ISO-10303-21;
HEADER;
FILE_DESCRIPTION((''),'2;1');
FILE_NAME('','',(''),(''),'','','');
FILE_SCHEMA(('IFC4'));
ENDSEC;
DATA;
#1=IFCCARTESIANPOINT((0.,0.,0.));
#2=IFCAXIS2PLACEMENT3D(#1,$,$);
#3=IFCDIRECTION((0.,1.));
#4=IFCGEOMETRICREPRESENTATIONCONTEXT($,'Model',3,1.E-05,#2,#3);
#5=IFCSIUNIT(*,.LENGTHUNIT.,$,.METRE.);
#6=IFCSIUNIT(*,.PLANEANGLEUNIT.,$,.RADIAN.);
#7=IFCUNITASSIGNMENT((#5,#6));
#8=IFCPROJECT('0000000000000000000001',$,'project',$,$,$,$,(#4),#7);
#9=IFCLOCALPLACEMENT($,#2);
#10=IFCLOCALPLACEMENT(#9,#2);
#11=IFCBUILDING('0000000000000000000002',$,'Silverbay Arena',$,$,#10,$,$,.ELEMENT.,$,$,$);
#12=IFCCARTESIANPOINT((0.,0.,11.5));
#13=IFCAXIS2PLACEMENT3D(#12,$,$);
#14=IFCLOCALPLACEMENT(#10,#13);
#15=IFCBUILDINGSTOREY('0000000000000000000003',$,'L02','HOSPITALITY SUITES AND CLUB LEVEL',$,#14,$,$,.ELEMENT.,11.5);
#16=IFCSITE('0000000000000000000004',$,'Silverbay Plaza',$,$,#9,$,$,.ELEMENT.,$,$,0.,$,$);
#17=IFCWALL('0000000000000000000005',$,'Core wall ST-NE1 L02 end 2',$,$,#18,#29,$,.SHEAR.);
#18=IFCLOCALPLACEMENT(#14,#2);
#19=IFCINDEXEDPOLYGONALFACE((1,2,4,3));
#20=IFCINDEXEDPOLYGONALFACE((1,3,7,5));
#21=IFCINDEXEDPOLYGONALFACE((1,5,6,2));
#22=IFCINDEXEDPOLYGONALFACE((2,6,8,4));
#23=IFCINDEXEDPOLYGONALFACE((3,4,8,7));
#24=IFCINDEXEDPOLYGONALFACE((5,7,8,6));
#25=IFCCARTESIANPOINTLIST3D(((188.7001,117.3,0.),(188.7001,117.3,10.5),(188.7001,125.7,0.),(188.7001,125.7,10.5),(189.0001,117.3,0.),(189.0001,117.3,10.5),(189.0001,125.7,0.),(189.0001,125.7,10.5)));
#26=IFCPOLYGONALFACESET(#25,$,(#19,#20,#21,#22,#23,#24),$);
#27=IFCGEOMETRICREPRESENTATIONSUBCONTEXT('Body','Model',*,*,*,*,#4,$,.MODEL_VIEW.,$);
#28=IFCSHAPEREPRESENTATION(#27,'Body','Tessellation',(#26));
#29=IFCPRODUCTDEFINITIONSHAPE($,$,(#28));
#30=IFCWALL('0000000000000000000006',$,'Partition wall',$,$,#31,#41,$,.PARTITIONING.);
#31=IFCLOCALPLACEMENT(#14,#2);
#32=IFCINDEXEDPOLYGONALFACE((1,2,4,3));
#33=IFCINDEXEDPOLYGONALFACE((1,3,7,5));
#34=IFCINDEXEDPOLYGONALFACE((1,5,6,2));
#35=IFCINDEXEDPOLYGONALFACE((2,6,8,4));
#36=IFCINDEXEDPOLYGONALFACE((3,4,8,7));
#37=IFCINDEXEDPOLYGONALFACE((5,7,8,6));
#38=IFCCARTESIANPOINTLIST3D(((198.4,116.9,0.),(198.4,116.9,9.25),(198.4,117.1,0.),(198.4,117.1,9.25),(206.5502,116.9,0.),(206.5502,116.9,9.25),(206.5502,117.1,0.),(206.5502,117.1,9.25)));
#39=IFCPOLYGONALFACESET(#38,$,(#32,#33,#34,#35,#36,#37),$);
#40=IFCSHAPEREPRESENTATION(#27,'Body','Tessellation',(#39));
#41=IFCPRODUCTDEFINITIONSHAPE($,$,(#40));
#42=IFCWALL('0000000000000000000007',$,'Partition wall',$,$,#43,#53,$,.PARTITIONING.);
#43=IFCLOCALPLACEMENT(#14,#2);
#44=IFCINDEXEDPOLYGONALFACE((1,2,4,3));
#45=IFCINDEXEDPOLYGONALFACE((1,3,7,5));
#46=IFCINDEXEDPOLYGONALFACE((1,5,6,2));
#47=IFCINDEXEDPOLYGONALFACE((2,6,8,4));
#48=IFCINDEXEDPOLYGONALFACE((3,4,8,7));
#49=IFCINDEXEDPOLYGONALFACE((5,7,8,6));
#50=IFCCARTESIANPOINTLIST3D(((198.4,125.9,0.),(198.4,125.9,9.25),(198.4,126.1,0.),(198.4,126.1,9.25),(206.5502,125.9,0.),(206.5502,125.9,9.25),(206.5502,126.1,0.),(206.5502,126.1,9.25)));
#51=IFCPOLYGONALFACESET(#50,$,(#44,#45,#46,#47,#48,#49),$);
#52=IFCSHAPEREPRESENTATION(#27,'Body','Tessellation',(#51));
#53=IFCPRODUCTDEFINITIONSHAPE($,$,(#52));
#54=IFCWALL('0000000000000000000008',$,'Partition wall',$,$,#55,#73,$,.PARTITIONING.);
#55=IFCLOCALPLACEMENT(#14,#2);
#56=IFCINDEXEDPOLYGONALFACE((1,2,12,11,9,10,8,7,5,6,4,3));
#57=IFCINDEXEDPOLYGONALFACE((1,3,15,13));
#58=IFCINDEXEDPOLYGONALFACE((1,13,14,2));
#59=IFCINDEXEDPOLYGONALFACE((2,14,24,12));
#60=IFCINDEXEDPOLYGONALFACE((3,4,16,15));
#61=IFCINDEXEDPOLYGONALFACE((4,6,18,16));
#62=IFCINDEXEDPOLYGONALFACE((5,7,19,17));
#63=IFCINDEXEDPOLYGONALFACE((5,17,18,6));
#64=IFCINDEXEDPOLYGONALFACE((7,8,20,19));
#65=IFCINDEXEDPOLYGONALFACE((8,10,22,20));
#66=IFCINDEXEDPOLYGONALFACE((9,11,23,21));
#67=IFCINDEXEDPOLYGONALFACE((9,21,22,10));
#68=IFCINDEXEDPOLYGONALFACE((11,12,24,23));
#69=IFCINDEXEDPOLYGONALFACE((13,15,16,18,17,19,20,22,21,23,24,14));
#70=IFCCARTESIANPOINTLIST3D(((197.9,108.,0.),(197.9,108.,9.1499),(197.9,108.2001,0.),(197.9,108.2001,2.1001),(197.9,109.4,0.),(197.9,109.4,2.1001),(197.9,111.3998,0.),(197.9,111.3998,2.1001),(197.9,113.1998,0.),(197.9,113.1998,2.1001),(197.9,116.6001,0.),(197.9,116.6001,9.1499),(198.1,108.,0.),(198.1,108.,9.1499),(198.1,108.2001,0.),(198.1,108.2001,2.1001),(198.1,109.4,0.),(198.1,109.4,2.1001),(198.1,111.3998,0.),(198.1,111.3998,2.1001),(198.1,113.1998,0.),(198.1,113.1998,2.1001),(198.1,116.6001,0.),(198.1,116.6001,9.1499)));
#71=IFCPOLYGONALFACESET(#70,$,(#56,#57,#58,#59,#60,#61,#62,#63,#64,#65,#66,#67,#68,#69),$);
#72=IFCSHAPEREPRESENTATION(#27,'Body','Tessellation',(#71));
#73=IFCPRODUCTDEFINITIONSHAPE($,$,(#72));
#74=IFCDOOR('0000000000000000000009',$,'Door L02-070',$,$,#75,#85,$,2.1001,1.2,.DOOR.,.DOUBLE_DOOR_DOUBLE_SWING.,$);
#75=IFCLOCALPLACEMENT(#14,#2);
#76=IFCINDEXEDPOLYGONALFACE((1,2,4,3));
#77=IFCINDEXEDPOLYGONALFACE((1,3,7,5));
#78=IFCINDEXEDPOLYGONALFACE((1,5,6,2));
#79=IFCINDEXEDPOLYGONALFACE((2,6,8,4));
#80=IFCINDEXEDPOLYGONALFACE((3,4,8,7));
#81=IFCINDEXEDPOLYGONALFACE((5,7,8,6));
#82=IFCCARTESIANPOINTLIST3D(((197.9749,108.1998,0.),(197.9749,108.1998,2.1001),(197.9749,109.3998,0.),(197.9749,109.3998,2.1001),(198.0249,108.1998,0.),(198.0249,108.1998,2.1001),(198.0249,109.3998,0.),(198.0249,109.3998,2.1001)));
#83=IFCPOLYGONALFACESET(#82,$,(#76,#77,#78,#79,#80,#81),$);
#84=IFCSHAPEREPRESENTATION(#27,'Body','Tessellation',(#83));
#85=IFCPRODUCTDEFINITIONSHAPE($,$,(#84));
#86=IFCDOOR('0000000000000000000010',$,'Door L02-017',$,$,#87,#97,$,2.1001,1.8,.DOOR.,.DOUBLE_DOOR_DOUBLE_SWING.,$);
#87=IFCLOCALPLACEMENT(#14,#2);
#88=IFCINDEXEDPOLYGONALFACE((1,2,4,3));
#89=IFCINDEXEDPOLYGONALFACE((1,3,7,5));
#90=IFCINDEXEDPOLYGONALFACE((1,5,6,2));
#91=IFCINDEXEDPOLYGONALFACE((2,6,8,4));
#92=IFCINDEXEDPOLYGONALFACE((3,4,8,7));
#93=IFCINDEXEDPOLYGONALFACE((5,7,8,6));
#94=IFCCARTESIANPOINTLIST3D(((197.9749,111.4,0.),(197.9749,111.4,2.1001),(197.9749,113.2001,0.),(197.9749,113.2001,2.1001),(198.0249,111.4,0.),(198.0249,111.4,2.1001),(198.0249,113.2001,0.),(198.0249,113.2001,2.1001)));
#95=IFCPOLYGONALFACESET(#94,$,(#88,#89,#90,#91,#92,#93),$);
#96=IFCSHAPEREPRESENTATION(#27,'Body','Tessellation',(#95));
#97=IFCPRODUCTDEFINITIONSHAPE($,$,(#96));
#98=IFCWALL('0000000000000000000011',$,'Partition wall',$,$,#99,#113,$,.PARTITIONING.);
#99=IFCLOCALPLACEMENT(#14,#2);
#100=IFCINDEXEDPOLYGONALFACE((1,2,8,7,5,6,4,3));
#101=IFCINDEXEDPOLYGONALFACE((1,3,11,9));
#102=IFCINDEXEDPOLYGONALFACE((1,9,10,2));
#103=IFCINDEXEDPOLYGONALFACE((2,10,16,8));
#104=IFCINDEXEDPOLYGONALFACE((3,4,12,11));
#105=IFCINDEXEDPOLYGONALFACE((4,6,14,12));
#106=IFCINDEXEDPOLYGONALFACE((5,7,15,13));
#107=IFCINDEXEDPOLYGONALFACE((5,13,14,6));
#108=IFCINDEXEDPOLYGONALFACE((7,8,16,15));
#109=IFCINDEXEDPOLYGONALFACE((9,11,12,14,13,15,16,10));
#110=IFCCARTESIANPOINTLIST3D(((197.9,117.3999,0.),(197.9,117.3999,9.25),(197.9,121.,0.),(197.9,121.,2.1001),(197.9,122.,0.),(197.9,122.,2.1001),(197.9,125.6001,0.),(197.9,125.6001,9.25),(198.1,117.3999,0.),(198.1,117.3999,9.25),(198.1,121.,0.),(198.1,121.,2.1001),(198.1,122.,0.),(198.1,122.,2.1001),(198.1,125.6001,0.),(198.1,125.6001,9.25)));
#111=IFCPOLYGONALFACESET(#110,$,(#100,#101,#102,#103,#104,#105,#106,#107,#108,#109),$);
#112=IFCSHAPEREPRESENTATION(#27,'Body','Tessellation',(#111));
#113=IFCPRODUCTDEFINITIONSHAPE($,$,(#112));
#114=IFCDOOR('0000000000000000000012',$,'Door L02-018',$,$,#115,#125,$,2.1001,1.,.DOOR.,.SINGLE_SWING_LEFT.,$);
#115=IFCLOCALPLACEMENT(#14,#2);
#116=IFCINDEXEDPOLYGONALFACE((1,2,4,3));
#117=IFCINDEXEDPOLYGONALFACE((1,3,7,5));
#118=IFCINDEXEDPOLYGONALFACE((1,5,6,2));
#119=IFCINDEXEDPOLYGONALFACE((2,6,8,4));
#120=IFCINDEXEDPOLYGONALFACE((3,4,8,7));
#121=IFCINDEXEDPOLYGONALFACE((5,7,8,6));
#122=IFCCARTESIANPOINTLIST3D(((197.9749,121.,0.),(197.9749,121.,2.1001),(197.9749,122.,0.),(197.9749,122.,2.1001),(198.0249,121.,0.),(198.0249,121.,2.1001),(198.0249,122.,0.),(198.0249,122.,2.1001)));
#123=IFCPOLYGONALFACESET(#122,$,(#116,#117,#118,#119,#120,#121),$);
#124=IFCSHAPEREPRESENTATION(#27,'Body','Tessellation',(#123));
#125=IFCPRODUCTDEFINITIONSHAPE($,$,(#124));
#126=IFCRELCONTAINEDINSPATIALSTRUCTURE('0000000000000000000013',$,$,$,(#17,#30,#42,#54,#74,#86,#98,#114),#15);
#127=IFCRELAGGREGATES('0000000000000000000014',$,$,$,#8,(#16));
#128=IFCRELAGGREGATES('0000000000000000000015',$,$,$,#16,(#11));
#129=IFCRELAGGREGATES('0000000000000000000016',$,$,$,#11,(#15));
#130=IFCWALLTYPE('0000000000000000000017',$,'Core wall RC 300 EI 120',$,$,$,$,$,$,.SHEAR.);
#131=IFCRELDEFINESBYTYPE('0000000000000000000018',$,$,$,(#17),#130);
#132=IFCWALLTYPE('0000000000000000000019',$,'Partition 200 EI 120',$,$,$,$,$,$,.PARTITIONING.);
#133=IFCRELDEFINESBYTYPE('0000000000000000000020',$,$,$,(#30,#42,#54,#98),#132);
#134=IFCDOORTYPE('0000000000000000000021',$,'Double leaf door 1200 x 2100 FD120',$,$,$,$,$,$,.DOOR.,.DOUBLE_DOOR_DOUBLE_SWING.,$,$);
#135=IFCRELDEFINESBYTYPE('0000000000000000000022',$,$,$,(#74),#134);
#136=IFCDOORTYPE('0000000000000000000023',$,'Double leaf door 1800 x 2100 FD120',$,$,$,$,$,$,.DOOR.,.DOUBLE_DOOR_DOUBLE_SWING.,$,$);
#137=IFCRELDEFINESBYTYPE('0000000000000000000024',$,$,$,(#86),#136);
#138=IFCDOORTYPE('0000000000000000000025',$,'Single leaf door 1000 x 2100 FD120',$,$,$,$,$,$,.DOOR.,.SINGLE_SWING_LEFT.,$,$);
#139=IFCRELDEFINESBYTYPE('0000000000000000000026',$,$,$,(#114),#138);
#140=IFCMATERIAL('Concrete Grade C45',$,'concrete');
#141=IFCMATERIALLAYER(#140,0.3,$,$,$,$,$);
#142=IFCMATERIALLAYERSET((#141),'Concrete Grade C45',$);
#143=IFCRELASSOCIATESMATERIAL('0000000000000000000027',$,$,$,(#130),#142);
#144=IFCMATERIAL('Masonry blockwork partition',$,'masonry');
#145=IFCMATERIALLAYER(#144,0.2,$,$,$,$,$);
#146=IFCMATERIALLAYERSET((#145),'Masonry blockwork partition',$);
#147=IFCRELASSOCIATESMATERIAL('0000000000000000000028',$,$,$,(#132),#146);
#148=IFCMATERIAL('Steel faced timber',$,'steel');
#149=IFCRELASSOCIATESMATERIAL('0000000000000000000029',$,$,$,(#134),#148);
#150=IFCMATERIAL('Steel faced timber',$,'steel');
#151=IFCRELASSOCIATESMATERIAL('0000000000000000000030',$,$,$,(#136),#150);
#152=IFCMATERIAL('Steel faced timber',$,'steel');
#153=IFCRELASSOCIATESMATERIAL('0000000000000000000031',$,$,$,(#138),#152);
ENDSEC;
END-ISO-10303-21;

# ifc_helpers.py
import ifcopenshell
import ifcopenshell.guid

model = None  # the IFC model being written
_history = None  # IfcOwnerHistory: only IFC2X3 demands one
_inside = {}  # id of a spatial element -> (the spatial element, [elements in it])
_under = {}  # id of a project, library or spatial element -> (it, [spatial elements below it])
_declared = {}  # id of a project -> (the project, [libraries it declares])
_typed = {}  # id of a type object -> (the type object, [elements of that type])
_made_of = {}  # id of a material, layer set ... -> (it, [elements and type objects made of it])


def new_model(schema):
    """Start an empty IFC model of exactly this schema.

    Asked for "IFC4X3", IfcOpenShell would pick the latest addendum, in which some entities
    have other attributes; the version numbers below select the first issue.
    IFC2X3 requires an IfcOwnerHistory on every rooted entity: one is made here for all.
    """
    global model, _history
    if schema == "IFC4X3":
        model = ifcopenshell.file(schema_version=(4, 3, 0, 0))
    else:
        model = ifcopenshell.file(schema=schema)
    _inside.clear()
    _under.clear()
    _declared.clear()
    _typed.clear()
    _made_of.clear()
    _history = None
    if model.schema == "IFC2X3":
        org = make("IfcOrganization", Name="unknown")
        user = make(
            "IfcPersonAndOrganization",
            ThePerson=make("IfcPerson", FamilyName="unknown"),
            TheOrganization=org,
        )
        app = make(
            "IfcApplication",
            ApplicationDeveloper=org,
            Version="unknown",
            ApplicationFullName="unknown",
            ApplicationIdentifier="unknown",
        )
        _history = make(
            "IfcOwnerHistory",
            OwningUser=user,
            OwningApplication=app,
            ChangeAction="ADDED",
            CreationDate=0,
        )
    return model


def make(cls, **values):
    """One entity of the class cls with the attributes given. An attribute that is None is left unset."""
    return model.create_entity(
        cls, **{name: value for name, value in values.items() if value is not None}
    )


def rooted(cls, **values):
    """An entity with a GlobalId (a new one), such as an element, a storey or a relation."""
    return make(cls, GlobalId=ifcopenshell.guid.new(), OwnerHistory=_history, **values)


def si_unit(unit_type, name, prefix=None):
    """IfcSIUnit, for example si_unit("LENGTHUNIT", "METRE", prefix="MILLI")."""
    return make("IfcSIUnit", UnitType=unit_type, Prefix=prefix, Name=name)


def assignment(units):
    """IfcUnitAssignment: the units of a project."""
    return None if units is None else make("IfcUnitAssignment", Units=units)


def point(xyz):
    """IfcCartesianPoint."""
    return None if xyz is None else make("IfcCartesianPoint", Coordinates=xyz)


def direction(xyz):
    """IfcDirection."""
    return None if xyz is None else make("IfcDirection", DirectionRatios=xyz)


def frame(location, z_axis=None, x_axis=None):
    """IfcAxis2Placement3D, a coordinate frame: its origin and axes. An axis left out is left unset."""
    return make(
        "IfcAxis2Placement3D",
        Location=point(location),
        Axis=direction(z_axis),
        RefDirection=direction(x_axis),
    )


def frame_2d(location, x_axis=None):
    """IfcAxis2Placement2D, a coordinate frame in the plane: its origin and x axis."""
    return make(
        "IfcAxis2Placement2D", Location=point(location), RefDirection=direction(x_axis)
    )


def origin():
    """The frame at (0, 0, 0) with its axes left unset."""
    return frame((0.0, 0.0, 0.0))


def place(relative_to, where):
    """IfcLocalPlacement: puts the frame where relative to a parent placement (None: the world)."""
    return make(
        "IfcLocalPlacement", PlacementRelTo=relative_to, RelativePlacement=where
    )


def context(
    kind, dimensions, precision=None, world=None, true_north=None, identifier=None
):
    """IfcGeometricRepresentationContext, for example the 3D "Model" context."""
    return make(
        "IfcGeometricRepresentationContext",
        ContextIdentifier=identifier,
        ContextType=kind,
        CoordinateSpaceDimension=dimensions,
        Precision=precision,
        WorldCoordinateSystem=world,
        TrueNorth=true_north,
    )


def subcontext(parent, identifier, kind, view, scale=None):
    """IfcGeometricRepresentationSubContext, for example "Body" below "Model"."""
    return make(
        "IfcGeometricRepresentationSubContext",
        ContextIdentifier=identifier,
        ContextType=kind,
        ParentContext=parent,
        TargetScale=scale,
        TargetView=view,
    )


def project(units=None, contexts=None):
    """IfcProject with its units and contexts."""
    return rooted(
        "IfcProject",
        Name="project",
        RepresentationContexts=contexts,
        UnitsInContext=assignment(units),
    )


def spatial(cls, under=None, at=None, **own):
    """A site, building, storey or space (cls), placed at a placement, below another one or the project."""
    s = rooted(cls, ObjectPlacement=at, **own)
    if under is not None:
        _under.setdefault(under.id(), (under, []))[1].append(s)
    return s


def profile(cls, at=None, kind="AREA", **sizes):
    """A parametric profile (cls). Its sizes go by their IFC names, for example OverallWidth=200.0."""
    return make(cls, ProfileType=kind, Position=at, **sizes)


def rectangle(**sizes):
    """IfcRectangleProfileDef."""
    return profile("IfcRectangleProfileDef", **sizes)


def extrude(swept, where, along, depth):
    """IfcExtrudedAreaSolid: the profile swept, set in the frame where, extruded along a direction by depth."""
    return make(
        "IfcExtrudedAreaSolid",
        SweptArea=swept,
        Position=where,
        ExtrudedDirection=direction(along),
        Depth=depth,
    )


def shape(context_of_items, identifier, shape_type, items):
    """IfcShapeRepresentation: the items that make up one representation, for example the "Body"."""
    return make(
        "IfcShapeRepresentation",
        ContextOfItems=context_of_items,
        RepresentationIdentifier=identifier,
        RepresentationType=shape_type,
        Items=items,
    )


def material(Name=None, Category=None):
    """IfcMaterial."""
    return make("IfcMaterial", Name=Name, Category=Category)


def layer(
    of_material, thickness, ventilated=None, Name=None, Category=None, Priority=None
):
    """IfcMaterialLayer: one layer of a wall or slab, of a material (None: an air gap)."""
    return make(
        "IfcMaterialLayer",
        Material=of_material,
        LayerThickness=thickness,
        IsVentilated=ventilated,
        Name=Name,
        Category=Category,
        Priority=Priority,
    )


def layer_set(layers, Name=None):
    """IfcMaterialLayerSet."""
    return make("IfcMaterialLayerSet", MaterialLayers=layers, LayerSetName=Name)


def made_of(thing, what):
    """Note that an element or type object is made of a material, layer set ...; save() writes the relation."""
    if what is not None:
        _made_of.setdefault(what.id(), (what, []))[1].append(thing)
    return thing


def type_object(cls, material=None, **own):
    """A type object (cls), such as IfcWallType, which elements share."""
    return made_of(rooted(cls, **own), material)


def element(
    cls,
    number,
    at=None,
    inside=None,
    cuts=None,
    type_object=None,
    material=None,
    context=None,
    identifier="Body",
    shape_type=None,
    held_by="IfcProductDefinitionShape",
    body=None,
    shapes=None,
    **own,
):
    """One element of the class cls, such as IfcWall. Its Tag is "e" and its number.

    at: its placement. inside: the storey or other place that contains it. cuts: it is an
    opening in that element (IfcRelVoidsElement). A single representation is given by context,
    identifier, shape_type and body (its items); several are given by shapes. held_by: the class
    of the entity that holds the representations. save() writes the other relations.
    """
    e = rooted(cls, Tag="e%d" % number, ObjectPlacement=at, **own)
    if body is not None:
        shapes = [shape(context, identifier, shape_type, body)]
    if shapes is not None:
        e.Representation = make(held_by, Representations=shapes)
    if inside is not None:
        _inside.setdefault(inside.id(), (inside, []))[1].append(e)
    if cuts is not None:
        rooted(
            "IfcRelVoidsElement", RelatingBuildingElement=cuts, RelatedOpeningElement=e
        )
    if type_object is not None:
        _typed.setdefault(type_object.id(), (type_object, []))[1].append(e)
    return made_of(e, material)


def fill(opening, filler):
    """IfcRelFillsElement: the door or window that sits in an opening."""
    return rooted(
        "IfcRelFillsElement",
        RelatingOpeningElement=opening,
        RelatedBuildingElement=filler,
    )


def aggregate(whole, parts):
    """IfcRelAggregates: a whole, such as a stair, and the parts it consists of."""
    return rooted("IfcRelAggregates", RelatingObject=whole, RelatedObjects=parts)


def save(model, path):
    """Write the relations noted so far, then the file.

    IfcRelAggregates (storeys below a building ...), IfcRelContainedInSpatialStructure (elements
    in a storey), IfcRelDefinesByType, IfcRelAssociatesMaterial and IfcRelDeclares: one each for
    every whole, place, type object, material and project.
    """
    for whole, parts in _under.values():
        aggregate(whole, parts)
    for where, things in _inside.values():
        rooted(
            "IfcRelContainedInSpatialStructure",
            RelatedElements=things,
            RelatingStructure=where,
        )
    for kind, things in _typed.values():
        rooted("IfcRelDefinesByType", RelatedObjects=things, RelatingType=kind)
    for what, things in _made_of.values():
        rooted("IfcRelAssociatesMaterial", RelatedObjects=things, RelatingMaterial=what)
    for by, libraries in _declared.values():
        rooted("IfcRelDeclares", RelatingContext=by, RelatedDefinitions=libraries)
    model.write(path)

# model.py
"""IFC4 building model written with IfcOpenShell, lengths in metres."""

from ifc_helpers import new_model, si_unit, direction, frame, frame_2d, origin, place, context, subcontext, project, spatial, rectangle, extrude, material, layer, layer_set, type_object, element, fill, save


model = new_model("IFC4")

# Units and contexts
model_context = context("Model", 3, precision=1e-05, world=origin(), true_north=direction((0.0, 1.0)))
body_context = subcontext(model_context, "Body", "Model", "MODEL_VIEW")
ifc_project = project(units=[si_unit("LENGTHUNIT", "METRE"), si_unit("PLANEANGLEUNIT", "RADIAN")], contexts=[model_context])

# Site, building, storey
site_placement = place(None, origin())
site = spatial("IfcSite", under=ifc_project, at=site_placement, Name="Silverbay Plaza", CompositionType="ELEMENT", RefElevation=0.0)
building_placement = place(site_placement, origin())
building = spatial("IfcBuilding", under=site, at=building_placement, Name="Silverbay Arena", CompositionType="ELEMENT")
storey_placement = place(building_placement, frame((0.0, 0.0, 11.5)))
storey = spatial("IfcBuildingStorey", under=building, at=storey_placement, Name="L02", Description="HOSPITALITY SUITES AND CLUB LEVEL", CompositionType="ELEMENT", Elevation=11.5)

# Shared definitions
ifc_material_1 = material(Name="Concrete Grade C45", Category="concrete")
ifc_layer_1 = layer(ifc_material_1, 0.3)
ifc_layer_set_1 = layer_set([ifc_layer_1], Name="Concrete Grade C45")
wall_type_1 = type_object("IfcWallType", Name="Core wall RC 300 EI 120", PredefinedType="SHEAR", material=ifc_layer_set_1)

# Walls
wall_1_placement = place(storey_placement, frame((188.8501, 117.3, 0.0), z_axis=(0.0, 0.0, 1.0), x_axis=(0.0, 1.0, 0.0)))
element("IfcWall", 1, at=wall_1_placement, inside=storey, type_object=wall_type_1, Name="Core wall ST-NE1 L02 end 2", PredefinedType="SHEAR", context=body_context, shape_type="SweptSolid", body=[
    extrude(rectangle(XDim=8.3999, YDim=0.3, at=frame_2d((4.2, 0.0))), origin(), (0.0, 0.0, 1.0), 10.5),
])
ifc_material_2 = material(Name="Masonry blockwork partition", Category="masonry")
ifc_layer_2 = layer(ifc_material_2, 0.2)
ifc_layer_set_2 = layer_set([ifc_layer_2], Name="Masonry blockwork partition")
wall_type_2 = type_object("IfcWallType", Name="Partition 200 EI 120", PredefinedType="PARTITIONING", material=ifc_layer_set_2)
for number, where, z_axis, x_axis, name in (
    (2, (198.3999, 117.0, 0.0), (0.0, 0.0, 1.0), (1.0, 0.0, 0.0), "Partition wall"),
    (3, (198.3999, 126.0, 0.0), (0.0, 0.0, 1.0), (1.0, 0.0, 0.0), "Partition wall"),
):
    element("IfcWall", number, at=place(storey_placement, frame(where, z_axis=z_axis, x_axis=x_axis)), inside=storey, type_object=wall_type_2, Name=name, PredefinedType="PARTITIONING", context=body_context, shape_type="SweptSolid", body=[
        extrude(rectangle(XDim=8.1501, YDim=0.2, at=frame_2d((4.0752, 0.0))), origin(), (0.0, 0.0, 1.0), 9.25),
    ])

# Wall, openings, doors
wall_2_placement = place(storey_placement, frame((198.0, 108.0, 0.0), z_axis=(0.0, 0.0, 1.0), x_axis=(0.0, 1.0, 0.0)))
wall_2 = element("IfcWall", 4, at=wall_2_placement, inside=storey, type_object=wall_type_2, Name="Partition wall", PredefinedType="PARTITIONING", context=body_context, shape_type="SweptSolid", body=[
    extrude(rectangle(XDim=8.6001, YDim=0.2, at=frame_2d((4.3, 0.0))), origin(), (0.0, 0.0, 1.0), 9.1499),
])
opening_1_placement = place(wall_2_placement, frame((3.3999, 0.0, 0.0)))
opening_1 = element("IfcOpeningElement", 5, at=opening_1_placement, cuts=wall_2, PredefinedType="OPENING", context=body_context, shape_type="SweptSolid", body=[
    extrude(rectangle(XDim=1.8, YDim=2.1001, at=frame_2d((0.8999, 1.05))), frame((0.0, 0.1099, 0.0), z_axis=(0.0, -1.0, 0.0), x_axis=(1.0, 0.0, 0.0)), (0.0, 0.0, 1.0), 0.22),
])
opening_2_placement = place(wall_2_placement, frame((0.2, 0.0, 0.0)))
opening_2 = element("IfcOpeningElement", 6, at=opening_2_placement, cuts=wall_2, PredefinedType="OPENING", context=body_context, shape_type="SweptSolid", body=[
    extrude(rectangle(XDim=1.2, YDim=2.1001, at=frame_2d((0.6001, 1.05))), frame((0.0, 0.1099, 0.0), z_axis=(0.0, -1.0, 0.0), x_axis=(1.0, 0.0, 0.0)), (0.0, 0.0, 1.0), 0.22),
])
ifc_material_3 = material(Name="Steel faced timber", Category="steel")
door_type_1 = type_object("IfcDoorType", Name="Double leaf door 1200 x 2100 FD120", OperationType="DOUBLE_DOOR_DOUBLE_SWING", PredefinedType="DOOR", material=ifc_material_3)
door_1_placement = place(opening_2_placement, frame((1.2, 0.0, 0.0), z_axis=(0.0, 0.0, 1.0), x_axis=(-1.0, 0.0, 0.0)))
door_1 = element("IfcDoor", 7, at=door_1_placement, inside=storey, type_object=door_type_1, Name="Door L02-070", OperationType="DOUBLE_DOOR_DOUBLE_SWING", OverallHeight=2.1001, OverallWidth=1.2, PredefinedType="DOOR", context=body_context, shape_type="SweptSolid", body=[
    extrude(rectangle(XDim=1.2, YDim=2.1001, at=frame_2d((0.6001, 1.05))), frame((0.0, 0.0249, 0.0), z_axis=(0.0, -1.0, 0.0), x_axis=(1.0, 0.0, 0.0)), (0.0, 0.0, 1.0), 0.05),
])
fill(opening_2, door_1)
ifc_material_4 = material(Name="Steel faced timber", Category="steel")
door_type_2 = type_object("IfcDoorType", Name="Double leaf door 1800 x 2100 FD120", OperationType="DOUBLE_DOOR_DOUBLE_SWING", PredefinedType="DOOR", material=ifc_material_4)
door_2_placement = place(opening_1_placement, frame((1.8, 0.0, 0.0), z_axis=(0.0, 0.0, 1.0), x_axis=(-1.0, 0.0, 0.0)))
door_2 = element("IfcDoor", 8, at=door_2_placement, inside=storey, type_object=door_type_2, Name="Door L02-017", OperationType="DOUBLE_DOOR_DOUBLE_SWING", OverallHeight=2.1001, OverallWidth=1.8, PredefinedType="DOOR", context=body_context, shape_type="SweptSolid", body=[
    extrude(rectangle(XDim=1.8, YDim=2.1001, at=frame_2d((0.8999, 1.05))), frame((0.0, 0.0249, 0.0), z_axis=(0.0, -1.0, 0.0), x_axis=(1.0, 0.0, 0.0)), (0.0, 0.0, 1.0), 0.05),
])
fill(opening_1, door_2)

# Wall, opening, door
wall_3_placement = place(storey_placement, frame((198.0, 117.3999, 0.0), z_axis=(0.0, 0.0, 1.0), x_axis=(0.0, 1.0, 0.0)))
wall_3 = element("IfcWall", 9, at=wall_3_placement, inside=storey, type_object=wall_type_2, Name="Partition wall", PredefinedType="PARTITIONING", context=body_context, shape_type="SweptSolid", body=[
    extrude(rectangle(XDim=8.2002, YDim=0.2, at=frame_2d((4.1001, 0.0))), origin(), (0.0, 0.0, 1.0), 9.25),
])
opening_3_placement = place(wall_3_placement, frame((3.6001, 0.0, 0.0)))
opening_3 = element("IfcOpeningElement", 10, at=opening_3_placement, cuts=wall_3, PredefinedType="OPENING", context=body_context, shape_type="SweptSolid", body=[
    extrude(rectangle(XDim=1.0, YDim=2.1001, at=frame_2d((0.5, 1.05))), frame((0.0, 0.1099, 0.0), z_axis=(0.0, -1.0, 0.0), x_axis=(1.0, 0.0, 0.0)), (0.0, 0.0, 1.0), 0.22),
])
ifc_material_5 = material(Name="Steel faced timber", Category="steel")
door_type_3 = type_object("IfcDoorType", Name="Single leaf door 1000 x 2100 FD120", OperationType="SINGLE_SWING_LEFT", PredefinedType="DOOR", material=ifc_material_5)
door_3_placement = place(opening_3_placement, frame((1.0, 0.0, 0.0), z_axis=(0.0, 0.0, 1.0), x_axis=(-1.0, 0.0, 0.0)))
door_3 = element("IfcDoor", 11, at=door_3_placement, inside=storey, type_object=door_type_3, Name="Door L02-018", OperationType="SINGLE_SWING_LEFT", OverallHeight=2.1001, OverallWidth=1.0, PredefinedType="DOOR", context=body_context, shape_type="SweptSolid", body=[
    extrude(rectangle(XDim=1.0, YDim=2.1001, at=frame_2d((0.5, 1.05))), frame((0.0, 0.0249, 0.0), z_axis=(0.0, -1.0, 0.0), x_axis=(1.0, 0.0, 0.0)), (0.0, 0.0, 1.0), 0.05),
])
fill(opening_3, door_3)

save(model, "model.ifc")
